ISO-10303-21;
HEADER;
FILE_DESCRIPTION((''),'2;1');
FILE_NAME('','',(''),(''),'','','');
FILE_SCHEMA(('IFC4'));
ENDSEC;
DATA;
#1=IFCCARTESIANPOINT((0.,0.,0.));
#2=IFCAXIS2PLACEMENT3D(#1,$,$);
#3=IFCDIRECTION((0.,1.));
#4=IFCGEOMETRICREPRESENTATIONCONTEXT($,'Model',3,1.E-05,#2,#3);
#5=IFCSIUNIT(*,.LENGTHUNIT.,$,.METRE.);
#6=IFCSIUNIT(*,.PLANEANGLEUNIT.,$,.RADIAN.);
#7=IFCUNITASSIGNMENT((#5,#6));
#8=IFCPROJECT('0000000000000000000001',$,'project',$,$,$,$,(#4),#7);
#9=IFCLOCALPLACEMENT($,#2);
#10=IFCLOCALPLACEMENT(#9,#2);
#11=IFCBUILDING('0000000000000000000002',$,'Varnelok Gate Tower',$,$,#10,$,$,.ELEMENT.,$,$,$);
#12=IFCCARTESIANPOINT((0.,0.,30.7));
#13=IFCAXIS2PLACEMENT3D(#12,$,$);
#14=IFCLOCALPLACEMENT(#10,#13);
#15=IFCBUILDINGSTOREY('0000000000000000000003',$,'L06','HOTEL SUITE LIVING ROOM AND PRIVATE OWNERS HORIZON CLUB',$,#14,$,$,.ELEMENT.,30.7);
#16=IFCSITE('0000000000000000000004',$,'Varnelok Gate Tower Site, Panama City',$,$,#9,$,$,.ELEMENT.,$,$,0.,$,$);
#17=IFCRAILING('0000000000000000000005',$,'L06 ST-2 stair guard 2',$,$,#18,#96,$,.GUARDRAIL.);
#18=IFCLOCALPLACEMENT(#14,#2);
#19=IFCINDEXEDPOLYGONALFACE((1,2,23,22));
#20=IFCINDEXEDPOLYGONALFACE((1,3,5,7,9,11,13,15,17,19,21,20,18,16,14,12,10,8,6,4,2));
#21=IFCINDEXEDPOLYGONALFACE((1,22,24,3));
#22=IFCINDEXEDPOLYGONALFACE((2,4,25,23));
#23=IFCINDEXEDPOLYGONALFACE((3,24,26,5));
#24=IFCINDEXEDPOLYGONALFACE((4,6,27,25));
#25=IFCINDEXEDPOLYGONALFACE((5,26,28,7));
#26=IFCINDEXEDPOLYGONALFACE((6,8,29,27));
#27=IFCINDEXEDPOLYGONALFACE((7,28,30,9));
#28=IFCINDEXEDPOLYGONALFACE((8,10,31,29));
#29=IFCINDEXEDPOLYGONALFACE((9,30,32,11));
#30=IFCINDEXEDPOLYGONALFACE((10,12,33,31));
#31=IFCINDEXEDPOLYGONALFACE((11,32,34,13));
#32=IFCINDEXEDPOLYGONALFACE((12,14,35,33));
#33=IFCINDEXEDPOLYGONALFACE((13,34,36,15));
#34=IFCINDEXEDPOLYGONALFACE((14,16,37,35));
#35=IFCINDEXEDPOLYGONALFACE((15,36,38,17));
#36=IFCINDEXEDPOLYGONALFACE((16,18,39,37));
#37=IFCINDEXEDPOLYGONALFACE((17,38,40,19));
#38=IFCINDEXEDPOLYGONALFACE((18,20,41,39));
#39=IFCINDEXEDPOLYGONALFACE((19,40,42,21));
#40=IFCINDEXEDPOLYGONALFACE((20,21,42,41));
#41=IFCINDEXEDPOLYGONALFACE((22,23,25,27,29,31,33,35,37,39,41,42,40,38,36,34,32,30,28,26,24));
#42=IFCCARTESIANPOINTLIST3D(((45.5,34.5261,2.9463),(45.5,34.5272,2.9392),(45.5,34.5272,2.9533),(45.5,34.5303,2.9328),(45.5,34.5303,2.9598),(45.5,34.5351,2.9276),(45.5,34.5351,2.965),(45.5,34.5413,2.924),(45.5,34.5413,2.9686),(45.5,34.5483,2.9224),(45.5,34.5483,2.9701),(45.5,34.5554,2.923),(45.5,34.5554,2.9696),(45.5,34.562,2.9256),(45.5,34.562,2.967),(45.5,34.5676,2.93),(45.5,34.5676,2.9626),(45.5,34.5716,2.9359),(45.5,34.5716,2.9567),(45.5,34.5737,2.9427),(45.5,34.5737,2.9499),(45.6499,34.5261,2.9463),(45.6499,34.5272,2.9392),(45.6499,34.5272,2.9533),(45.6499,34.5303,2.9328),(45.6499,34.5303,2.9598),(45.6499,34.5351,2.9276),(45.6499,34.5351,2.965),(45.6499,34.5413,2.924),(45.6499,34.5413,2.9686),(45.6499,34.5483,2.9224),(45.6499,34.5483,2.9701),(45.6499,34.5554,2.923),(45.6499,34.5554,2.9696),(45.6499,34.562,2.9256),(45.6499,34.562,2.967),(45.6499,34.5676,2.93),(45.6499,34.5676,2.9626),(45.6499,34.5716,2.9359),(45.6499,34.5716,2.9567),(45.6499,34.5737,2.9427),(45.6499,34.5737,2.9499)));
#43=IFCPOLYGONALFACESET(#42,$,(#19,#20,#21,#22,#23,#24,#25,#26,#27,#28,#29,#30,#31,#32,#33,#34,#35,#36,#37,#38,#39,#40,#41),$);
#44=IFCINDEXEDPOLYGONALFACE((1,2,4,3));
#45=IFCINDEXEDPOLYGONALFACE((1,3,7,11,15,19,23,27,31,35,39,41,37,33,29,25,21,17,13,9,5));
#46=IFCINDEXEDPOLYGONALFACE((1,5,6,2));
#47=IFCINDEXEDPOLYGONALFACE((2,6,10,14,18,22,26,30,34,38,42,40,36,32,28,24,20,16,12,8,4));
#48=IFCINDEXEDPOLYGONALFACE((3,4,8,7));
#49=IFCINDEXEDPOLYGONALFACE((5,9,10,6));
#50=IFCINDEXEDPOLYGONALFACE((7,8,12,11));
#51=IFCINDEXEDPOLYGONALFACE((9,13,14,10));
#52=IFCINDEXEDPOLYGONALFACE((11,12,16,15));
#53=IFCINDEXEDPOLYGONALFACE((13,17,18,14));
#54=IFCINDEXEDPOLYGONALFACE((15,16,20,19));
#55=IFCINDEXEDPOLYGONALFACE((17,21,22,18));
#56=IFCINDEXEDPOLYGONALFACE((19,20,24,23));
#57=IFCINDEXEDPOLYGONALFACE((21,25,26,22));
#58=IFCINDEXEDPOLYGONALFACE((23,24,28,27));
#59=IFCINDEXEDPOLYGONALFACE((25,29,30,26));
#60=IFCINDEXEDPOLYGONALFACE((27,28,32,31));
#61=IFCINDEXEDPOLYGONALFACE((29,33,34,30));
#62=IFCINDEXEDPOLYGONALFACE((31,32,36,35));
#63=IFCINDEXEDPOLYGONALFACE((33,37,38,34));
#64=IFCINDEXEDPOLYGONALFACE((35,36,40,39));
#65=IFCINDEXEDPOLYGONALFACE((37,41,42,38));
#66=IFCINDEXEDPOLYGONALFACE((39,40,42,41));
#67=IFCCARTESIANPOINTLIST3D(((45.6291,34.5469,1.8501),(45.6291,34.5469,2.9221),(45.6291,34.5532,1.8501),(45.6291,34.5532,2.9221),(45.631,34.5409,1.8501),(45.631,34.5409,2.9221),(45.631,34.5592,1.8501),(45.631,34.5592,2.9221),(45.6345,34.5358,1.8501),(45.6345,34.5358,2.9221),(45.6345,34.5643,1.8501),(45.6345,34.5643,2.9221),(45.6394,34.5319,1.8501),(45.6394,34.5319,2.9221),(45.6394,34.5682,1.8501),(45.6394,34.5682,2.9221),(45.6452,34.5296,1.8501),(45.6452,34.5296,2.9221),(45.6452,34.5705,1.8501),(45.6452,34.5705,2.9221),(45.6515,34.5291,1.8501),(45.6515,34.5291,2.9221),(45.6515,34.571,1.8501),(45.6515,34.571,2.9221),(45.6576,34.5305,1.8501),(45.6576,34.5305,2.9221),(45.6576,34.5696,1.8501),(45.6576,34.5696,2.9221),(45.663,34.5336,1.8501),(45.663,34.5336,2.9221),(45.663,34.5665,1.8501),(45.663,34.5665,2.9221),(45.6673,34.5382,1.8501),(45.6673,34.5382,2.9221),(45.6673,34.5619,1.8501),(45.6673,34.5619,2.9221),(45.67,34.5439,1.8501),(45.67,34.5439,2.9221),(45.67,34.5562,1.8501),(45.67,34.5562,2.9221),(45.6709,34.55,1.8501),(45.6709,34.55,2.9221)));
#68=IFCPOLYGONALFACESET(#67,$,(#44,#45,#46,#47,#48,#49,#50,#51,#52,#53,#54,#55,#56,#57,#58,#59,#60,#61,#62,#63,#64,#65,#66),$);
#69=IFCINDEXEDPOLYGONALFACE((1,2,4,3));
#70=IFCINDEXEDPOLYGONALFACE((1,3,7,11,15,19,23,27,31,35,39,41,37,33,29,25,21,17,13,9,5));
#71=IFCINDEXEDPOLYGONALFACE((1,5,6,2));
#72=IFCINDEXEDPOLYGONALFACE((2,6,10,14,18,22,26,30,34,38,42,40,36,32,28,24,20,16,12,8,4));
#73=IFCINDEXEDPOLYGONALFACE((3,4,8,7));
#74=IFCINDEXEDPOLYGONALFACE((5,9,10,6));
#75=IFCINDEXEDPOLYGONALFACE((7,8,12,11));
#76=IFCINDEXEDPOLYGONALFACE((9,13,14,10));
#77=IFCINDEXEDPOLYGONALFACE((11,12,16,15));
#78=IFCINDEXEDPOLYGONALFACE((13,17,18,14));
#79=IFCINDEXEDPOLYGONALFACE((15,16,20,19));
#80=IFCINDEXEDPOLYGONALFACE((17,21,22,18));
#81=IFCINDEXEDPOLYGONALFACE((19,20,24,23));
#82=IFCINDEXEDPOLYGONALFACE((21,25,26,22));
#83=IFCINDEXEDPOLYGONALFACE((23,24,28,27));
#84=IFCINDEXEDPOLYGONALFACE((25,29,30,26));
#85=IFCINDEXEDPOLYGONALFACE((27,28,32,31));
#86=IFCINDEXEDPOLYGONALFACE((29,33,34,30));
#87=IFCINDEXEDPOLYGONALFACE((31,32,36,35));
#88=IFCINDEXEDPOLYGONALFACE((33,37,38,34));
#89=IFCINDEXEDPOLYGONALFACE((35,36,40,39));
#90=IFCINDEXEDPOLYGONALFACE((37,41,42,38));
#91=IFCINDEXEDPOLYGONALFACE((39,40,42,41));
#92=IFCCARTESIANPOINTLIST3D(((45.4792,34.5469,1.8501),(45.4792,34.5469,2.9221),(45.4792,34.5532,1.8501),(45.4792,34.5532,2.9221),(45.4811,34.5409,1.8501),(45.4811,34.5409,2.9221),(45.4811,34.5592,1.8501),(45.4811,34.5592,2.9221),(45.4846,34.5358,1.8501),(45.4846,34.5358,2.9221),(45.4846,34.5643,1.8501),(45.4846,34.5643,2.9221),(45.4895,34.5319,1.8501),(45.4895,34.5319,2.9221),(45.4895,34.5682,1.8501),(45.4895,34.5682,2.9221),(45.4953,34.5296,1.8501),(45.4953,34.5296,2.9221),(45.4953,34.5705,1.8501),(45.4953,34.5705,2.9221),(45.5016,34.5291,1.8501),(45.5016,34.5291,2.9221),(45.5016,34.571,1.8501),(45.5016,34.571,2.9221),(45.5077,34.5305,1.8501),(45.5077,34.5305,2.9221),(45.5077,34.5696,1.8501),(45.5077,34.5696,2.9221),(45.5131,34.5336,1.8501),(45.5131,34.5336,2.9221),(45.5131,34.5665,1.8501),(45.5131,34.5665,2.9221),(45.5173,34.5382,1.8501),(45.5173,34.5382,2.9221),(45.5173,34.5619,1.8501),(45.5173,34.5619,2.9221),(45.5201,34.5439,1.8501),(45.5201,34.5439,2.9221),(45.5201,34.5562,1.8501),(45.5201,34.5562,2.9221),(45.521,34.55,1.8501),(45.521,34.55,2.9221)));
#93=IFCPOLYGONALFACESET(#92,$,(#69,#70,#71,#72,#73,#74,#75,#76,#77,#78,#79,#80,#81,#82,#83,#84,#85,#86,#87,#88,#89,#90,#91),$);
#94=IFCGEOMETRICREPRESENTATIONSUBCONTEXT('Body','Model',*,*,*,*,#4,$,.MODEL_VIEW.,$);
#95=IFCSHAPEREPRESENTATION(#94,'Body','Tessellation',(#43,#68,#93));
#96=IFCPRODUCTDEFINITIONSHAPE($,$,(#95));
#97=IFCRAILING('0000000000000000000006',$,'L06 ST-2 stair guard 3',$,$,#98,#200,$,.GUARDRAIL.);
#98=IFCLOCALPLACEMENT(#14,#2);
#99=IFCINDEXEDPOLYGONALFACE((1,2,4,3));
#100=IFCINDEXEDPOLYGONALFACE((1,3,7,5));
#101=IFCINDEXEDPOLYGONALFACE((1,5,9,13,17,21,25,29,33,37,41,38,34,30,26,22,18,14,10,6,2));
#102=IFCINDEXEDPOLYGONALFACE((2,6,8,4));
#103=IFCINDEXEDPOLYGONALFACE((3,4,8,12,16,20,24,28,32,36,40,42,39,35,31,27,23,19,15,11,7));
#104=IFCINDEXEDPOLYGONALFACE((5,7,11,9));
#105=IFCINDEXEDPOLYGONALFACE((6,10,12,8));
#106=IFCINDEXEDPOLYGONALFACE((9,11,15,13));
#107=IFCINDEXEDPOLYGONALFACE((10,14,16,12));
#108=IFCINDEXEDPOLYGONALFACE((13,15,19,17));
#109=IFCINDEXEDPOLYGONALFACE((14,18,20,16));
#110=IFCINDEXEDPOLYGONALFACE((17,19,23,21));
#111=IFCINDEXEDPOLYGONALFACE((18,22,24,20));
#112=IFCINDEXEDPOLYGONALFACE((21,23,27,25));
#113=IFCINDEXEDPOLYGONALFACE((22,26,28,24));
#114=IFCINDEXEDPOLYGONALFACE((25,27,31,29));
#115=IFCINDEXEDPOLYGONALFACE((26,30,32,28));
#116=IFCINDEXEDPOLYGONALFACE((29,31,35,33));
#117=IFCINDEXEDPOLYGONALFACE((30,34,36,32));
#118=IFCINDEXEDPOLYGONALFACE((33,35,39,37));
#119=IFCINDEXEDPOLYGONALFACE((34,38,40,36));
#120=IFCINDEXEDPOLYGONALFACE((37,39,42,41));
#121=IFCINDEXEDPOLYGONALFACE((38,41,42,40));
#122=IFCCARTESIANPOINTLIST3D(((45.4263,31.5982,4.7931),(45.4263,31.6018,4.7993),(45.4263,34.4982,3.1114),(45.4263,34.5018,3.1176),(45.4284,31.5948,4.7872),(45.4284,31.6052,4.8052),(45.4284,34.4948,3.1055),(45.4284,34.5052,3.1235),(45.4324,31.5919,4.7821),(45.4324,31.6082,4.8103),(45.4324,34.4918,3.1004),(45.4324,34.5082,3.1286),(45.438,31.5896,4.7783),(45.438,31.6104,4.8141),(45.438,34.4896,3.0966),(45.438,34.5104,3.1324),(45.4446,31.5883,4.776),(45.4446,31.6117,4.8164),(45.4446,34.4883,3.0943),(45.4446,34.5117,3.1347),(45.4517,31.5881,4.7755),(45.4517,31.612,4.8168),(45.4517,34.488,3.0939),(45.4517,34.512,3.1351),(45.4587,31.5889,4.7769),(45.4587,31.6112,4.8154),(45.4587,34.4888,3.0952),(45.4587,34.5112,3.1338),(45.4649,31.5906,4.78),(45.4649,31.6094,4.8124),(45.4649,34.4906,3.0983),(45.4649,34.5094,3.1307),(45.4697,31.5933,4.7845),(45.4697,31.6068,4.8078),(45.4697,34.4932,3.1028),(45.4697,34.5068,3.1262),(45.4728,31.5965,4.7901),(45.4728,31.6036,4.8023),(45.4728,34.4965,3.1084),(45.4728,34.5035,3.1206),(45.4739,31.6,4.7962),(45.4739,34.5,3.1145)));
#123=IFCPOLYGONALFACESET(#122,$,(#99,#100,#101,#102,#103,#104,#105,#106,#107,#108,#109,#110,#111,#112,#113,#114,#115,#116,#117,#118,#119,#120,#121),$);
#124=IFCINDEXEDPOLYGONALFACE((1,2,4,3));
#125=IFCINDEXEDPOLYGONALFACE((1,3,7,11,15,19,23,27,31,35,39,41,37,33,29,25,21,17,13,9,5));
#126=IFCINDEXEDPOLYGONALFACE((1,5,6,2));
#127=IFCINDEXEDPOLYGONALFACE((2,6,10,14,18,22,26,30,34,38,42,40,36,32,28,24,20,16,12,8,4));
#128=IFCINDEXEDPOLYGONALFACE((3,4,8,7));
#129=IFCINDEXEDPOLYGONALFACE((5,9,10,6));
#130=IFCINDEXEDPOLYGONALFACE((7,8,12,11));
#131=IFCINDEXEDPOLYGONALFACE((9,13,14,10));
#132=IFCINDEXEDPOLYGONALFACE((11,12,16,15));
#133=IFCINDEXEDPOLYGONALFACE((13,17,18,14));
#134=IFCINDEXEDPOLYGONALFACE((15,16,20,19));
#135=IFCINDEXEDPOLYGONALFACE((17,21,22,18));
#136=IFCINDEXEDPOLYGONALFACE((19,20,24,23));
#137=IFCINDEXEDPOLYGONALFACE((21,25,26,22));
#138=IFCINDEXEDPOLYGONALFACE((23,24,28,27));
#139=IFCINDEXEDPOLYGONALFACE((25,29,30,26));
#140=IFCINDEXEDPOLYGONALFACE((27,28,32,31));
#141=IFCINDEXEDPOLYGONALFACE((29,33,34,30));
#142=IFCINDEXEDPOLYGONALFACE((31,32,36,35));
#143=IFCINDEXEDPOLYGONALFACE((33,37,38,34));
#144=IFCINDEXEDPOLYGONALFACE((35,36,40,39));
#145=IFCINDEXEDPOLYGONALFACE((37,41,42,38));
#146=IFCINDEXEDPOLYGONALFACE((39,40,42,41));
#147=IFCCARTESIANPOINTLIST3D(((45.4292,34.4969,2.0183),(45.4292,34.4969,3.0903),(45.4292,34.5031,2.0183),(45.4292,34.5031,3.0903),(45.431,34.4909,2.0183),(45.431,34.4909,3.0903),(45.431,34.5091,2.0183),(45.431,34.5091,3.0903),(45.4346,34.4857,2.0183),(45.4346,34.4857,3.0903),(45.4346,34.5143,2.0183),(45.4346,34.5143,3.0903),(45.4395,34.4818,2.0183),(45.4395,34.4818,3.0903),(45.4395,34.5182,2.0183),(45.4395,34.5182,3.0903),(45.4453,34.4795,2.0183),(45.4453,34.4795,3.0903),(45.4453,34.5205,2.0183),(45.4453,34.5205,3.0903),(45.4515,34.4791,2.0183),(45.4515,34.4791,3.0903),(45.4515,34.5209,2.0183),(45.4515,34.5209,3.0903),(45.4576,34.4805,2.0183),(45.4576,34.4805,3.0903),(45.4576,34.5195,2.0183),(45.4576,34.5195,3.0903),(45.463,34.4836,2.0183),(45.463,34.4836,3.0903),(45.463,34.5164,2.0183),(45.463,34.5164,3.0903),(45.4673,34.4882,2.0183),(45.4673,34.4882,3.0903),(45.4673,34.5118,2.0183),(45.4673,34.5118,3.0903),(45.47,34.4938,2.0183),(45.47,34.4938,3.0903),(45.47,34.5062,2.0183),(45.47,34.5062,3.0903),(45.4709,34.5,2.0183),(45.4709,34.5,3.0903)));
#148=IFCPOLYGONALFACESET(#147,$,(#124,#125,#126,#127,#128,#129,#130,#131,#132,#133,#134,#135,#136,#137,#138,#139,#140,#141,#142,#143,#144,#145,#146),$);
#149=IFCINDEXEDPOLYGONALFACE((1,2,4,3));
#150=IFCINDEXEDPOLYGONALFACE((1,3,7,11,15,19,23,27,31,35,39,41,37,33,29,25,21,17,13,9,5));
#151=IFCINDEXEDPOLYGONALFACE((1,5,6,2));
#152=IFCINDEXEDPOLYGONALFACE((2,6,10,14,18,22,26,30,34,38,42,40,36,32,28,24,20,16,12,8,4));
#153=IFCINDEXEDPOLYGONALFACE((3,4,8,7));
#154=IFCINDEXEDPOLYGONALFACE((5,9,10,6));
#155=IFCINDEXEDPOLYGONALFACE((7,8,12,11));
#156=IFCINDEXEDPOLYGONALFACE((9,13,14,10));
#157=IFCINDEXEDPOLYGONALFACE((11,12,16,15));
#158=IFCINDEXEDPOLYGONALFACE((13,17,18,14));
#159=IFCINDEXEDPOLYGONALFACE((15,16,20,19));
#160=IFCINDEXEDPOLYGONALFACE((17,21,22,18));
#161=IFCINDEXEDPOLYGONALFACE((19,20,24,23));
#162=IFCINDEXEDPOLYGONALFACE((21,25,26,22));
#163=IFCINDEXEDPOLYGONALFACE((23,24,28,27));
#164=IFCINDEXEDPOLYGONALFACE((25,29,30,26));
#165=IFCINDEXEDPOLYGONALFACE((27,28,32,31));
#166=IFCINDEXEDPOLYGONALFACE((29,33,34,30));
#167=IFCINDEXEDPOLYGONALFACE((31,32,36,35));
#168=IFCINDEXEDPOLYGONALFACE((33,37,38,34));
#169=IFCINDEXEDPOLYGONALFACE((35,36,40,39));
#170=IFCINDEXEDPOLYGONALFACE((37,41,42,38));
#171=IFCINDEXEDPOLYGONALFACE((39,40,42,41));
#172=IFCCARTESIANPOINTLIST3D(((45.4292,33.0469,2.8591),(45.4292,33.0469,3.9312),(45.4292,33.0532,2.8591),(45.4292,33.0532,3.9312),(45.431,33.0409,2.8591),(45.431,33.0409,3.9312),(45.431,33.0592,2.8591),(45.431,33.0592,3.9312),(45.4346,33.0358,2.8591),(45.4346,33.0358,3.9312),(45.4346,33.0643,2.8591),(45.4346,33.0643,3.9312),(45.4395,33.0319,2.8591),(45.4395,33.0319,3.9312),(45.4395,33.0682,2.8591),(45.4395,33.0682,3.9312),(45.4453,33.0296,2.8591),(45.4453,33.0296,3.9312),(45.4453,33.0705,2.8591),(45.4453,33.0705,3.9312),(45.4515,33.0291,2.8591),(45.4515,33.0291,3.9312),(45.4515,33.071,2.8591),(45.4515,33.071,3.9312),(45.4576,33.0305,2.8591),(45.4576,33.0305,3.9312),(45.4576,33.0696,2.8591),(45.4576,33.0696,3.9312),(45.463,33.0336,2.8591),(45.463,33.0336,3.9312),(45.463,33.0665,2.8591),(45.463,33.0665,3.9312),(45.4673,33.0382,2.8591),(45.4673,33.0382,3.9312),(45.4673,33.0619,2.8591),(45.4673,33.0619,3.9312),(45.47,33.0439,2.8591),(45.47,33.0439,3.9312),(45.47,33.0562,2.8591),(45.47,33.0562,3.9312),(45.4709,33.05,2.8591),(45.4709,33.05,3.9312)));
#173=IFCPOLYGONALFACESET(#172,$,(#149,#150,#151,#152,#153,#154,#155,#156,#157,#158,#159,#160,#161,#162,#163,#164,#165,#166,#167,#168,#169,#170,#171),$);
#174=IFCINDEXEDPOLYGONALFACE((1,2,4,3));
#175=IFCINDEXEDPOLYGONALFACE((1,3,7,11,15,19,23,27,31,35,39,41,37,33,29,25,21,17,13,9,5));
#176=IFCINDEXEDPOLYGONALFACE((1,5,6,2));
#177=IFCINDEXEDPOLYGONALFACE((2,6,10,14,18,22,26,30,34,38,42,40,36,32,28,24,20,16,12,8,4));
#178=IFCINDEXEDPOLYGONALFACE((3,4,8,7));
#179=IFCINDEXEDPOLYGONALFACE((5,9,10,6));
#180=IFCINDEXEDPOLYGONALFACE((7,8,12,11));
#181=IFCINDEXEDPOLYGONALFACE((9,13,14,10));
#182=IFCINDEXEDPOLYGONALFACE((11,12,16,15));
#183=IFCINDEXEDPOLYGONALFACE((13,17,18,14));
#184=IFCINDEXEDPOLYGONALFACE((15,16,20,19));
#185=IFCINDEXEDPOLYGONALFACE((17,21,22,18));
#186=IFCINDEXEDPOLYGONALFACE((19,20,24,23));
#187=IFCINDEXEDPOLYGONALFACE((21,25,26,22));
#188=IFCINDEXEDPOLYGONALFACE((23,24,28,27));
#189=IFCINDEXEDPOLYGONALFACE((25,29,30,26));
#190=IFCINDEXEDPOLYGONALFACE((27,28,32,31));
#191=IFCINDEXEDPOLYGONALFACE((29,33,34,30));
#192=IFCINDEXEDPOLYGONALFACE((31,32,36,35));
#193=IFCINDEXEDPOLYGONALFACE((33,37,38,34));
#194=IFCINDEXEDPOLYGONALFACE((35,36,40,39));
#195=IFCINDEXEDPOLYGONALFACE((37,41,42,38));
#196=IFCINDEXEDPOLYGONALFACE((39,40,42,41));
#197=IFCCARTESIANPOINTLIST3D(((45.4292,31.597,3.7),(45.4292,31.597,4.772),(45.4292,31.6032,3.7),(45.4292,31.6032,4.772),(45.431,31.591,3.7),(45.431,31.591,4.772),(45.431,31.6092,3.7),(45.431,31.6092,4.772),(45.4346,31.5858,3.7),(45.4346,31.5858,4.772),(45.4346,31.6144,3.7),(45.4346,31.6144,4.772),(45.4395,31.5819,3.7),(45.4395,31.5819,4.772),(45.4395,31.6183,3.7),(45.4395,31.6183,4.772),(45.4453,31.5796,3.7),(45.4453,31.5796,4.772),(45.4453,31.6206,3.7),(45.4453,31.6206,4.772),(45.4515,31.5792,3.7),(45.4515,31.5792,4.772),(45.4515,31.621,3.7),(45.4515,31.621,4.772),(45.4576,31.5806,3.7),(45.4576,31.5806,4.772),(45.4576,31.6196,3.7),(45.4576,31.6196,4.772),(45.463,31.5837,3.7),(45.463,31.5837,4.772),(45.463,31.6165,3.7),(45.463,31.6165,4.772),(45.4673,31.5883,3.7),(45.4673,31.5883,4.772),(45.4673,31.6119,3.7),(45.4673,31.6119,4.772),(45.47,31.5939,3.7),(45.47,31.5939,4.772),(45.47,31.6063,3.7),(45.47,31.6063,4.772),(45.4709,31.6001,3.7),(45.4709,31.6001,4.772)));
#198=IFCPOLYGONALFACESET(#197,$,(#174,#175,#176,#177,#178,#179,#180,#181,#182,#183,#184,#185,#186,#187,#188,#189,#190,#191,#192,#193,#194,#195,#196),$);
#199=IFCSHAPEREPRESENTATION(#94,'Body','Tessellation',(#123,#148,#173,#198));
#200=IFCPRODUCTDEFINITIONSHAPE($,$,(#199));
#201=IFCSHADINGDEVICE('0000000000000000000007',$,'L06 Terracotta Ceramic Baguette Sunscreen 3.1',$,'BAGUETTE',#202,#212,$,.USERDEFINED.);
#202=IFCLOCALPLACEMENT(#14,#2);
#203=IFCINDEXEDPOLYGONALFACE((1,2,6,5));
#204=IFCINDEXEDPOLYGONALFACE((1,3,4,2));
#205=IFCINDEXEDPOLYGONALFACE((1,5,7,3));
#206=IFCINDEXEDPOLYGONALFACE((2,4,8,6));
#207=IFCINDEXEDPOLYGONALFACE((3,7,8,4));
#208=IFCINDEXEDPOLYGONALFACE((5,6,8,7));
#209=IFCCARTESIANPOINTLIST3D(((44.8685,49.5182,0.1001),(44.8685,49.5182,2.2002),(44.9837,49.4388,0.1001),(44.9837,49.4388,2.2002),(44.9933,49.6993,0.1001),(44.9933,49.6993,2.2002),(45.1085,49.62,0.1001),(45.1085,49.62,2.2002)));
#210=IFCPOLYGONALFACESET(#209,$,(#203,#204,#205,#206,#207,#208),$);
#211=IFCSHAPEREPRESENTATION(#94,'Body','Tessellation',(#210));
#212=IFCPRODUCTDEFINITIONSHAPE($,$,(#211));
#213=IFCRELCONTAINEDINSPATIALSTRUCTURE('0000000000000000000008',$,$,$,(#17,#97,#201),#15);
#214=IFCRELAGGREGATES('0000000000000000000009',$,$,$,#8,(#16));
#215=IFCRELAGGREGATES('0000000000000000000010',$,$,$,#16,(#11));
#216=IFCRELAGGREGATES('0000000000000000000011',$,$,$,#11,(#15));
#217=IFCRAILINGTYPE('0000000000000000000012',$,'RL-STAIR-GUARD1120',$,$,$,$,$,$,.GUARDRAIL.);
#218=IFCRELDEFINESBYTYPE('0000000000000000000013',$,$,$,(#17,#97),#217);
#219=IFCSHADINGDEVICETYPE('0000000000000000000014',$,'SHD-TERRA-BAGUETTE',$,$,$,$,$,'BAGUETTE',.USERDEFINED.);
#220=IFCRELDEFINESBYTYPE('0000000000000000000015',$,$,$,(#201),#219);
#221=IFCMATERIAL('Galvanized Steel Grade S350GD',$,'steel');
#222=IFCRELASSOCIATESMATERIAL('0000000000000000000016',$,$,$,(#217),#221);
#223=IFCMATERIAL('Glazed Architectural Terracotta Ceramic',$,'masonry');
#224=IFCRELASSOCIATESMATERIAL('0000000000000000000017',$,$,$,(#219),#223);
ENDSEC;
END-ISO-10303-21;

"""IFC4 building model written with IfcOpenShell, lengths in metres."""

from ifc_helpers import new_model, si_unit, direction, frame, origin, origin_2d, place, context, subcontext, project, spatial, rectangle, circle, extrude, source, transform, mapped, material, type_object, element, save


model = new_model("IFC4")

# Units and contexts
model_context = context("Model", 3, precision=1e-05, world=origin(), true_north=direction((0.0, 1.0)))
body_context = subcontext(model_context, "Body", "Model", "MODEL_VIEW")
ifc_project = project(units=[si_unit("LENGTHUNIT", "METRE"), si_unit("PLANEANGLEUNIT", "RADIAN")], contexts=[model_context])

# Site, building, storey
site_placement = place(None, origin())
site = spatial("IfcSite", under=ifc_project, at=site_placement, Name="Varnelok Gate Tower Site, Panama City", CompositionType="ELEMENT", RefElevation=0.0)
building_placement = place(site_placement, origin())
building = spatial("IfcBuilding", under=site, at=building_placement, Name="Varnelok Gate Tower", CompositionType="ELEMENT")
storey_placement = place(building_placement, frame((0.0, 0.0, 30.7)))
storey = spatial("IfcBuildingStorey", under=building, at=storey_placement, Name="L06", Description="HOTEL SUITE LIVING ROOM AND PRIVATE OWNERS HORIZON CLUB", CompositionType="ELEMENT", Elevation=30.7)

# Shared definitions
ifc_material_1 = material(Name="Galvanized Steel Grade S350GD", Category="steel")

# Railings
railing_type_1 = type_object("IfcRailingType", Name="RL-STAIR-GUARD1120", PredefinedType="GUARDRAIL", material=ifc_material_1)
railing_1_placement = place(storey_placement, frame((45.6499, 34.55, 1.8501)))
element("IfcRailing", 1, at=railing_1_placement, inside=storey, type_object=railing_type_1, Name="L06 ST-2 stair guard 2", PredefinedType="GUARDRAIL", context=body_context, shape_type="SweptSolid", body=[
    extrude(circle(Radius=0.0239, at=origin_2d()), frame((0.0, 0.0, 1.0962), z_axis=(-1.0, 0.0, 0.0), x_axis=(0.0, -1.0, 0.0)), (0.0, 0.0, 1.0), 0.1499),
    extrude(circle(Radius=0.021, at=origin_2d()), origin(), (0.0, 0.0, 1.0), 1.072),
    extrude(circle(Radius=0.021, at=origin_2d()), frame((-0.1499, 0.0, 0.0)), (0.0, 0.0, 1.0), 1.072),
])
railing_2_placement = place(storey_placement, frame((45.45, 34.5, 2.0183)))
element("IfcRailing", 2, at=railing_2_placement, inside=storey, type_object=railing_type_1, Name="L06 ST-2 stair guard 3", PredefinedType="GUARDRAIL", context=body_context, shape_type="SweptSolid", body=[
    extrude(circle(Radius=0.0239, at=origin_2d()), frame((0.0, 0.0, 1.0962), z_axis=(0.0, -0.86507, 0.501651), x_axis=(1.0, 0.0, 0.0)), (0.0, 0.0, 1.0), 3.3523),
    extrude(circle(Radius=0.021, at=origin_2d()), origin(), (0.0, 0.0, 1.0), 1.072),
    extrude(circle(Radius=0.021, at=origin_2d()), frame((0.0, -1.45, 0.8408)), (0.0, 0.0, 1.0), 1.072),
    extrude(circle(Radius=0.021, at=origin_2d()), frame((0.0, -2.8999, 1.6816)), (0.0, 0.0, 1.0), 1.072),
])

# Shading device
ifc_material_2 = material(Name="Glazed Architectural Terracotta Ceramic", Category="masonry")
shading_device_type = type_object("IfcShadingDeviceType", Name="SHD-TERRA-BAGUETTE", ElementType="BAGUETTE", PredefinedType="USERDEFINED", material=ifc_material_2)
shared_shape_1 = source(origin(), body_context, "Body", "SweptSolid", [
    extrude(rectangle(XDim=0.1399, YDim=0.22, at=origin_2d()), origin(), (0.0, 0.0, 1.0), 2.1001),
])
shading_device_placement = place(storey_placement, frame((44.9885, 49.5691, 0.1001), z_axis=(0.0, 0.0, 1.0), x_axis=(0.823533, -0.567269, 0.0)))
element("IfcShadingDevice", 3, at=shading_device_placement, inside=storey, type_object=shading_device_type, Name="L06 Terracotta Ceramic Baguette Sunscreen 3.1", ObjectType="BAGUETTE", PredefinedType="USERDEFINED", context=body_context, shape_type="MappedRepresentation", body=[
    mapped(shared_shape_1, transform((0.0, 0.0, 0.0), scale=1.0)),
])

save(model, "model.ifc")
